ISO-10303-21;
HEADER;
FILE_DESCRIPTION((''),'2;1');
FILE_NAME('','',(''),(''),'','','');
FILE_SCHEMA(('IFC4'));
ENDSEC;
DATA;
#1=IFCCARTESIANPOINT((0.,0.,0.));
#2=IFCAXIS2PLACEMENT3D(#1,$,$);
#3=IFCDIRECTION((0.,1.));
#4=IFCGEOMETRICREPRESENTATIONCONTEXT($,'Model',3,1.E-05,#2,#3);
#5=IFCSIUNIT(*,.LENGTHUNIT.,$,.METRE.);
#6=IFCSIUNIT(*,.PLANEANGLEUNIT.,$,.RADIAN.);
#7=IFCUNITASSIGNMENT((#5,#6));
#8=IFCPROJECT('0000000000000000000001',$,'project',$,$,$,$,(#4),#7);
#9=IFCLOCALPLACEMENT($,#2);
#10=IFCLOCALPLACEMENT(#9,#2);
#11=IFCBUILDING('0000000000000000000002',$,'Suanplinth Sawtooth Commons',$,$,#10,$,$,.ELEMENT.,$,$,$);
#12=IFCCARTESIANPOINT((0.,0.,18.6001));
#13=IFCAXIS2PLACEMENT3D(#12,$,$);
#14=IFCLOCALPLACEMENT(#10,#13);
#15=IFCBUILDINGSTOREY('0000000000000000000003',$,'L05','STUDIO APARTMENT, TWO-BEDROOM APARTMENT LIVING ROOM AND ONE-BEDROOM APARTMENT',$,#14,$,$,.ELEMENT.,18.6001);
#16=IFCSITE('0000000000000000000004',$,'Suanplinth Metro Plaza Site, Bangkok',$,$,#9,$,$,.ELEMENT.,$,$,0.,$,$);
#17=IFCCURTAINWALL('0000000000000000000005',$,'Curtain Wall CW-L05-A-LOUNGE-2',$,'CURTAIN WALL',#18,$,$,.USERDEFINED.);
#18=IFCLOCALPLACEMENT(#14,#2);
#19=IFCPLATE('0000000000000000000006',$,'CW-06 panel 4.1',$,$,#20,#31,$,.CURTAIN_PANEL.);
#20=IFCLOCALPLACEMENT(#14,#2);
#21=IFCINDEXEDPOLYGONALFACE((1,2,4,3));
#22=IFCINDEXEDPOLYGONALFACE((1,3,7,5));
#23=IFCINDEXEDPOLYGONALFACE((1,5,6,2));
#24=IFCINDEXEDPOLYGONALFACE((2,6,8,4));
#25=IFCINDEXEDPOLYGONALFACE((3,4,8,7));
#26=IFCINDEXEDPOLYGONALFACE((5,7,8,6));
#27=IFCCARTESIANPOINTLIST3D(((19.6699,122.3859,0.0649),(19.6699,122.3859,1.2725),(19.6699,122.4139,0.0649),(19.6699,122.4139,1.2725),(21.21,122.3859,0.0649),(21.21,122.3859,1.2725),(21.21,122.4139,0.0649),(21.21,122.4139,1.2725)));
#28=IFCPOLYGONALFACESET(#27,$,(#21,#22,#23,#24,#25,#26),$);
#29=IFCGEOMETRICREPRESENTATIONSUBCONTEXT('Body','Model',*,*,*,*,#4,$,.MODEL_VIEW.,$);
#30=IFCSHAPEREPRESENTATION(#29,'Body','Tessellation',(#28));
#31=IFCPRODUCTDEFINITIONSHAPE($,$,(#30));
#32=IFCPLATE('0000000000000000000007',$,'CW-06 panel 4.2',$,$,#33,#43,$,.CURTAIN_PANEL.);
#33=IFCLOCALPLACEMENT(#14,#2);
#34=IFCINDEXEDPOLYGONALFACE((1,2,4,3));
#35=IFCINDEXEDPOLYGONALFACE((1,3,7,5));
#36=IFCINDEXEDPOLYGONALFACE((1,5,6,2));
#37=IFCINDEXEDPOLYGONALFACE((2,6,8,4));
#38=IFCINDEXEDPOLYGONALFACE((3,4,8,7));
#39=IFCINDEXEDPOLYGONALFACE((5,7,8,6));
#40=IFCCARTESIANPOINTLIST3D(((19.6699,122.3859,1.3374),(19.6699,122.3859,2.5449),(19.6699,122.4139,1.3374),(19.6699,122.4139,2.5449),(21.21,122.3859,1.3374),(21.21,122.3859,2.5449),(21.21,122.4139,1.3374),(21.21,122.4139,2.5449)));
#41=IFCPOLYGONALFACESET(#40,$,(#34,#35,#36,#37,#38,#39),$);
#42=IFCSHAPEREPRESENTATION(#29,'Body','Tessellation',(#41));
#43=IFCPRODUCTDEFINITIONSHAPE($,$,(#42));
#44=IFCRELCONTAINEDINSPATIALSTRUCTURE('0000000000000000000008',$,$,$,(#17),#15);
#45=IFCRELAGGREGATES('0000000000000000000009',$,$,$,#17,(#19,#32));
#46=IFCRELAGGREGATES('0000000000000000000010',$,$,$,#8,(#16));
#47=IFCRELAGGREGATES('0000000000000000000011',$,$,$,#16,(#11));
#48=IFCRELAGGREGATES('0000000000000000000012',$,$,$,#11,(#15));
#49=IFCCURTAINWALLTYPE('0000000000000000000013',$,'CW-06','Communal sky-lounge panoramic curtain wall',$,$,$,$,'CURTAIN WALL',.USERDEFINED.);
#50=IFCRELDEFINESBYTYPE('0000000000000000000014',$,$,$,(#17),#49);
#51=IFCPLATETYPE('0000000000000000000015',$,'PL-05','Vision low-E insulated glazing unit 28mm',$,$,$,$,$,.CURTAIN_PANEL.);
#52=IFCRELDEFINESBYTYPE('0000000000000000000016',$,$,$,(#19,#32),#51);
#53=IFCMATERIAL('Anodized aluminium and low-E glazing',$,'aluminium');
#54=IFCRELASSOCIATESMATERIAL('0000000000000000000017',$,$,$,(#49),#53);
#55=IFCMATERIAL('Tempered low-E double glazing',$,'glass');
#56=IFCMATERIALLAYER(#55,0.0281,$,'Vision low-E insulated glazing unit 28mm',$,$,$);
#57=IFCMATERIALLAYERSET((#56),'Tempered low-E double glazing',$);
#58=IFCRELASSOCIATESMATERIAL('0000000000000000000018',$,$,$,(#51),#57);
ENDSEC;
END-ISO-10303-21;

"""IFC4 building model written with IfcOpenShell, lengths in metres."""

from ifc_helpers import new_model, si_unit, direction, frame, origin, origin_2d, place, context, subcontext, project, spatial, rectangle, extrude, material, layer, layer_set, type_object, element, aggregate, save


model = new_model("IFC4")

# Units and contexts
model_context = context("Model", 3, precision=1e-05, world=origin(), true_north=direction((0.0, 1.0)))
body_context = subcontext(model_context, "Body", "Model", "MODEL_VIEW")
ifc_project = project(units=[si_unit("LENGTHUNIT", "METRE"), si_unit("PLANEANGLEUNIT", "RADIAN")], contexts=[model_context])

# Site, building, storey
site_placement = place(None, origin())
site = spatial("IfcSite", under=ifc_project, at=site_placement, Name="Suanplinth Metro Plaza Site, Bangkok", CompositionType="ELEMENT", RefElevation=0.0)
building_placement = place(site_placement, origin())
building = spatial("IfcBuilding", under=site, at=building_placement, Name="Suanplinth Sawtooth Commons", CompositionType="ELEMENT")
storey_placement = place(building_placement, frame((0.0, 0.0, 18.6001)))
storey = spatial("IfcBuildingStorey", under=building, at=storey_placement, Name="L05", Description="STUDIO APARTMENT, TWO-BEDROOM APARTMENT LIVING ROOM AND ONE-BEDROOM APARTMENT", CompositionType="ELEMENT", Elevation=18.6001)

# Curtain wall
ifc_material_1 = material(Name="Anodized aluminium and low-E glazing", Category="aluminium")
curtain_wall_type = type_object("IfcCurtainWallType", Name="CW-06", Description="Communal sky-lounge panoramic curtain wall", ElementType="CURTAIN WALL", PredefinedType="USERDEFINED", material=ifc_material_1)
curtain_wall_placement = place(storey_placement, origin())
curtain_wall = element("IfcCurtainWall", 1, at=curtain_wall_placement, inside=storey, type_object=curtain_wall_type, Name="Curtain Wall CW-L05-A-LOUNGE-2", ObjectType="CURTAIN WALL", PredefinedType="USERDEFINED")

# Plates
ifc_material_2 = material(Name="Tempered low-E double glazing", Category="glass")
ifc_layer_1 = layer(ifc_material_2, 0.0281, Name="Vision low-E insulated glazing unit 28mm")
ifc_layer_set_1 = layer_set([ifc_layer_1], Name="Tempered low-E double glazing")
plate_type_1 = type_object("IfcPlateType", Name="PL-05", Description="Vision low-E insulated glazing unit 28mm", PredefinedType="CURTAIN_PANEL", material=ifc_layer_set_1)
plate_1_placement = place(storey_placement, frame((20.4399, 122.3999, 0.0649), z_axis=(0.0, 0.0, 1.0), x_axis=(1.0, 0.0, 0.0)))
plate_1 = element("IfcPlate", 2, at=plate_1_placement, type_object=plate_type_1, Name="CW-06 panel 4.1", PredefinedType="CURTAIN_PANEL", context=body_context, shape_type="SweptSolid", body=[
    extrude(rectangle(XDim=1.54, YDim=0.0281, at=origin_2d()), origin(), (0.0, 0.0, 1.0), 1.2075),
])
plate_2_placement = place(storey_placement, frame((20.4399, 122.3999, 1.3374), z_axis=(0.0, 0.0, 1.0), x_axis=(1.0, 0.0, 0.0)))
plate_2 = element("IfcPlate", 3, at=plate_2_placement, type_object=plate_type_1, Name="CW-06 panel 4.2", PredefinedType="CURTAIN_PANEL", context=body_context, shape_type="SweptSolid", body=[
    extrude(rectangle(XDim=1.54, YDim=0.0281, at=origin_2d()), origin(), (0.0, 0.0, 1.0), 1.2075),
])
aggregate(curtain_wall, [plate_1, plate_2])

save(model, "model.ifc")
